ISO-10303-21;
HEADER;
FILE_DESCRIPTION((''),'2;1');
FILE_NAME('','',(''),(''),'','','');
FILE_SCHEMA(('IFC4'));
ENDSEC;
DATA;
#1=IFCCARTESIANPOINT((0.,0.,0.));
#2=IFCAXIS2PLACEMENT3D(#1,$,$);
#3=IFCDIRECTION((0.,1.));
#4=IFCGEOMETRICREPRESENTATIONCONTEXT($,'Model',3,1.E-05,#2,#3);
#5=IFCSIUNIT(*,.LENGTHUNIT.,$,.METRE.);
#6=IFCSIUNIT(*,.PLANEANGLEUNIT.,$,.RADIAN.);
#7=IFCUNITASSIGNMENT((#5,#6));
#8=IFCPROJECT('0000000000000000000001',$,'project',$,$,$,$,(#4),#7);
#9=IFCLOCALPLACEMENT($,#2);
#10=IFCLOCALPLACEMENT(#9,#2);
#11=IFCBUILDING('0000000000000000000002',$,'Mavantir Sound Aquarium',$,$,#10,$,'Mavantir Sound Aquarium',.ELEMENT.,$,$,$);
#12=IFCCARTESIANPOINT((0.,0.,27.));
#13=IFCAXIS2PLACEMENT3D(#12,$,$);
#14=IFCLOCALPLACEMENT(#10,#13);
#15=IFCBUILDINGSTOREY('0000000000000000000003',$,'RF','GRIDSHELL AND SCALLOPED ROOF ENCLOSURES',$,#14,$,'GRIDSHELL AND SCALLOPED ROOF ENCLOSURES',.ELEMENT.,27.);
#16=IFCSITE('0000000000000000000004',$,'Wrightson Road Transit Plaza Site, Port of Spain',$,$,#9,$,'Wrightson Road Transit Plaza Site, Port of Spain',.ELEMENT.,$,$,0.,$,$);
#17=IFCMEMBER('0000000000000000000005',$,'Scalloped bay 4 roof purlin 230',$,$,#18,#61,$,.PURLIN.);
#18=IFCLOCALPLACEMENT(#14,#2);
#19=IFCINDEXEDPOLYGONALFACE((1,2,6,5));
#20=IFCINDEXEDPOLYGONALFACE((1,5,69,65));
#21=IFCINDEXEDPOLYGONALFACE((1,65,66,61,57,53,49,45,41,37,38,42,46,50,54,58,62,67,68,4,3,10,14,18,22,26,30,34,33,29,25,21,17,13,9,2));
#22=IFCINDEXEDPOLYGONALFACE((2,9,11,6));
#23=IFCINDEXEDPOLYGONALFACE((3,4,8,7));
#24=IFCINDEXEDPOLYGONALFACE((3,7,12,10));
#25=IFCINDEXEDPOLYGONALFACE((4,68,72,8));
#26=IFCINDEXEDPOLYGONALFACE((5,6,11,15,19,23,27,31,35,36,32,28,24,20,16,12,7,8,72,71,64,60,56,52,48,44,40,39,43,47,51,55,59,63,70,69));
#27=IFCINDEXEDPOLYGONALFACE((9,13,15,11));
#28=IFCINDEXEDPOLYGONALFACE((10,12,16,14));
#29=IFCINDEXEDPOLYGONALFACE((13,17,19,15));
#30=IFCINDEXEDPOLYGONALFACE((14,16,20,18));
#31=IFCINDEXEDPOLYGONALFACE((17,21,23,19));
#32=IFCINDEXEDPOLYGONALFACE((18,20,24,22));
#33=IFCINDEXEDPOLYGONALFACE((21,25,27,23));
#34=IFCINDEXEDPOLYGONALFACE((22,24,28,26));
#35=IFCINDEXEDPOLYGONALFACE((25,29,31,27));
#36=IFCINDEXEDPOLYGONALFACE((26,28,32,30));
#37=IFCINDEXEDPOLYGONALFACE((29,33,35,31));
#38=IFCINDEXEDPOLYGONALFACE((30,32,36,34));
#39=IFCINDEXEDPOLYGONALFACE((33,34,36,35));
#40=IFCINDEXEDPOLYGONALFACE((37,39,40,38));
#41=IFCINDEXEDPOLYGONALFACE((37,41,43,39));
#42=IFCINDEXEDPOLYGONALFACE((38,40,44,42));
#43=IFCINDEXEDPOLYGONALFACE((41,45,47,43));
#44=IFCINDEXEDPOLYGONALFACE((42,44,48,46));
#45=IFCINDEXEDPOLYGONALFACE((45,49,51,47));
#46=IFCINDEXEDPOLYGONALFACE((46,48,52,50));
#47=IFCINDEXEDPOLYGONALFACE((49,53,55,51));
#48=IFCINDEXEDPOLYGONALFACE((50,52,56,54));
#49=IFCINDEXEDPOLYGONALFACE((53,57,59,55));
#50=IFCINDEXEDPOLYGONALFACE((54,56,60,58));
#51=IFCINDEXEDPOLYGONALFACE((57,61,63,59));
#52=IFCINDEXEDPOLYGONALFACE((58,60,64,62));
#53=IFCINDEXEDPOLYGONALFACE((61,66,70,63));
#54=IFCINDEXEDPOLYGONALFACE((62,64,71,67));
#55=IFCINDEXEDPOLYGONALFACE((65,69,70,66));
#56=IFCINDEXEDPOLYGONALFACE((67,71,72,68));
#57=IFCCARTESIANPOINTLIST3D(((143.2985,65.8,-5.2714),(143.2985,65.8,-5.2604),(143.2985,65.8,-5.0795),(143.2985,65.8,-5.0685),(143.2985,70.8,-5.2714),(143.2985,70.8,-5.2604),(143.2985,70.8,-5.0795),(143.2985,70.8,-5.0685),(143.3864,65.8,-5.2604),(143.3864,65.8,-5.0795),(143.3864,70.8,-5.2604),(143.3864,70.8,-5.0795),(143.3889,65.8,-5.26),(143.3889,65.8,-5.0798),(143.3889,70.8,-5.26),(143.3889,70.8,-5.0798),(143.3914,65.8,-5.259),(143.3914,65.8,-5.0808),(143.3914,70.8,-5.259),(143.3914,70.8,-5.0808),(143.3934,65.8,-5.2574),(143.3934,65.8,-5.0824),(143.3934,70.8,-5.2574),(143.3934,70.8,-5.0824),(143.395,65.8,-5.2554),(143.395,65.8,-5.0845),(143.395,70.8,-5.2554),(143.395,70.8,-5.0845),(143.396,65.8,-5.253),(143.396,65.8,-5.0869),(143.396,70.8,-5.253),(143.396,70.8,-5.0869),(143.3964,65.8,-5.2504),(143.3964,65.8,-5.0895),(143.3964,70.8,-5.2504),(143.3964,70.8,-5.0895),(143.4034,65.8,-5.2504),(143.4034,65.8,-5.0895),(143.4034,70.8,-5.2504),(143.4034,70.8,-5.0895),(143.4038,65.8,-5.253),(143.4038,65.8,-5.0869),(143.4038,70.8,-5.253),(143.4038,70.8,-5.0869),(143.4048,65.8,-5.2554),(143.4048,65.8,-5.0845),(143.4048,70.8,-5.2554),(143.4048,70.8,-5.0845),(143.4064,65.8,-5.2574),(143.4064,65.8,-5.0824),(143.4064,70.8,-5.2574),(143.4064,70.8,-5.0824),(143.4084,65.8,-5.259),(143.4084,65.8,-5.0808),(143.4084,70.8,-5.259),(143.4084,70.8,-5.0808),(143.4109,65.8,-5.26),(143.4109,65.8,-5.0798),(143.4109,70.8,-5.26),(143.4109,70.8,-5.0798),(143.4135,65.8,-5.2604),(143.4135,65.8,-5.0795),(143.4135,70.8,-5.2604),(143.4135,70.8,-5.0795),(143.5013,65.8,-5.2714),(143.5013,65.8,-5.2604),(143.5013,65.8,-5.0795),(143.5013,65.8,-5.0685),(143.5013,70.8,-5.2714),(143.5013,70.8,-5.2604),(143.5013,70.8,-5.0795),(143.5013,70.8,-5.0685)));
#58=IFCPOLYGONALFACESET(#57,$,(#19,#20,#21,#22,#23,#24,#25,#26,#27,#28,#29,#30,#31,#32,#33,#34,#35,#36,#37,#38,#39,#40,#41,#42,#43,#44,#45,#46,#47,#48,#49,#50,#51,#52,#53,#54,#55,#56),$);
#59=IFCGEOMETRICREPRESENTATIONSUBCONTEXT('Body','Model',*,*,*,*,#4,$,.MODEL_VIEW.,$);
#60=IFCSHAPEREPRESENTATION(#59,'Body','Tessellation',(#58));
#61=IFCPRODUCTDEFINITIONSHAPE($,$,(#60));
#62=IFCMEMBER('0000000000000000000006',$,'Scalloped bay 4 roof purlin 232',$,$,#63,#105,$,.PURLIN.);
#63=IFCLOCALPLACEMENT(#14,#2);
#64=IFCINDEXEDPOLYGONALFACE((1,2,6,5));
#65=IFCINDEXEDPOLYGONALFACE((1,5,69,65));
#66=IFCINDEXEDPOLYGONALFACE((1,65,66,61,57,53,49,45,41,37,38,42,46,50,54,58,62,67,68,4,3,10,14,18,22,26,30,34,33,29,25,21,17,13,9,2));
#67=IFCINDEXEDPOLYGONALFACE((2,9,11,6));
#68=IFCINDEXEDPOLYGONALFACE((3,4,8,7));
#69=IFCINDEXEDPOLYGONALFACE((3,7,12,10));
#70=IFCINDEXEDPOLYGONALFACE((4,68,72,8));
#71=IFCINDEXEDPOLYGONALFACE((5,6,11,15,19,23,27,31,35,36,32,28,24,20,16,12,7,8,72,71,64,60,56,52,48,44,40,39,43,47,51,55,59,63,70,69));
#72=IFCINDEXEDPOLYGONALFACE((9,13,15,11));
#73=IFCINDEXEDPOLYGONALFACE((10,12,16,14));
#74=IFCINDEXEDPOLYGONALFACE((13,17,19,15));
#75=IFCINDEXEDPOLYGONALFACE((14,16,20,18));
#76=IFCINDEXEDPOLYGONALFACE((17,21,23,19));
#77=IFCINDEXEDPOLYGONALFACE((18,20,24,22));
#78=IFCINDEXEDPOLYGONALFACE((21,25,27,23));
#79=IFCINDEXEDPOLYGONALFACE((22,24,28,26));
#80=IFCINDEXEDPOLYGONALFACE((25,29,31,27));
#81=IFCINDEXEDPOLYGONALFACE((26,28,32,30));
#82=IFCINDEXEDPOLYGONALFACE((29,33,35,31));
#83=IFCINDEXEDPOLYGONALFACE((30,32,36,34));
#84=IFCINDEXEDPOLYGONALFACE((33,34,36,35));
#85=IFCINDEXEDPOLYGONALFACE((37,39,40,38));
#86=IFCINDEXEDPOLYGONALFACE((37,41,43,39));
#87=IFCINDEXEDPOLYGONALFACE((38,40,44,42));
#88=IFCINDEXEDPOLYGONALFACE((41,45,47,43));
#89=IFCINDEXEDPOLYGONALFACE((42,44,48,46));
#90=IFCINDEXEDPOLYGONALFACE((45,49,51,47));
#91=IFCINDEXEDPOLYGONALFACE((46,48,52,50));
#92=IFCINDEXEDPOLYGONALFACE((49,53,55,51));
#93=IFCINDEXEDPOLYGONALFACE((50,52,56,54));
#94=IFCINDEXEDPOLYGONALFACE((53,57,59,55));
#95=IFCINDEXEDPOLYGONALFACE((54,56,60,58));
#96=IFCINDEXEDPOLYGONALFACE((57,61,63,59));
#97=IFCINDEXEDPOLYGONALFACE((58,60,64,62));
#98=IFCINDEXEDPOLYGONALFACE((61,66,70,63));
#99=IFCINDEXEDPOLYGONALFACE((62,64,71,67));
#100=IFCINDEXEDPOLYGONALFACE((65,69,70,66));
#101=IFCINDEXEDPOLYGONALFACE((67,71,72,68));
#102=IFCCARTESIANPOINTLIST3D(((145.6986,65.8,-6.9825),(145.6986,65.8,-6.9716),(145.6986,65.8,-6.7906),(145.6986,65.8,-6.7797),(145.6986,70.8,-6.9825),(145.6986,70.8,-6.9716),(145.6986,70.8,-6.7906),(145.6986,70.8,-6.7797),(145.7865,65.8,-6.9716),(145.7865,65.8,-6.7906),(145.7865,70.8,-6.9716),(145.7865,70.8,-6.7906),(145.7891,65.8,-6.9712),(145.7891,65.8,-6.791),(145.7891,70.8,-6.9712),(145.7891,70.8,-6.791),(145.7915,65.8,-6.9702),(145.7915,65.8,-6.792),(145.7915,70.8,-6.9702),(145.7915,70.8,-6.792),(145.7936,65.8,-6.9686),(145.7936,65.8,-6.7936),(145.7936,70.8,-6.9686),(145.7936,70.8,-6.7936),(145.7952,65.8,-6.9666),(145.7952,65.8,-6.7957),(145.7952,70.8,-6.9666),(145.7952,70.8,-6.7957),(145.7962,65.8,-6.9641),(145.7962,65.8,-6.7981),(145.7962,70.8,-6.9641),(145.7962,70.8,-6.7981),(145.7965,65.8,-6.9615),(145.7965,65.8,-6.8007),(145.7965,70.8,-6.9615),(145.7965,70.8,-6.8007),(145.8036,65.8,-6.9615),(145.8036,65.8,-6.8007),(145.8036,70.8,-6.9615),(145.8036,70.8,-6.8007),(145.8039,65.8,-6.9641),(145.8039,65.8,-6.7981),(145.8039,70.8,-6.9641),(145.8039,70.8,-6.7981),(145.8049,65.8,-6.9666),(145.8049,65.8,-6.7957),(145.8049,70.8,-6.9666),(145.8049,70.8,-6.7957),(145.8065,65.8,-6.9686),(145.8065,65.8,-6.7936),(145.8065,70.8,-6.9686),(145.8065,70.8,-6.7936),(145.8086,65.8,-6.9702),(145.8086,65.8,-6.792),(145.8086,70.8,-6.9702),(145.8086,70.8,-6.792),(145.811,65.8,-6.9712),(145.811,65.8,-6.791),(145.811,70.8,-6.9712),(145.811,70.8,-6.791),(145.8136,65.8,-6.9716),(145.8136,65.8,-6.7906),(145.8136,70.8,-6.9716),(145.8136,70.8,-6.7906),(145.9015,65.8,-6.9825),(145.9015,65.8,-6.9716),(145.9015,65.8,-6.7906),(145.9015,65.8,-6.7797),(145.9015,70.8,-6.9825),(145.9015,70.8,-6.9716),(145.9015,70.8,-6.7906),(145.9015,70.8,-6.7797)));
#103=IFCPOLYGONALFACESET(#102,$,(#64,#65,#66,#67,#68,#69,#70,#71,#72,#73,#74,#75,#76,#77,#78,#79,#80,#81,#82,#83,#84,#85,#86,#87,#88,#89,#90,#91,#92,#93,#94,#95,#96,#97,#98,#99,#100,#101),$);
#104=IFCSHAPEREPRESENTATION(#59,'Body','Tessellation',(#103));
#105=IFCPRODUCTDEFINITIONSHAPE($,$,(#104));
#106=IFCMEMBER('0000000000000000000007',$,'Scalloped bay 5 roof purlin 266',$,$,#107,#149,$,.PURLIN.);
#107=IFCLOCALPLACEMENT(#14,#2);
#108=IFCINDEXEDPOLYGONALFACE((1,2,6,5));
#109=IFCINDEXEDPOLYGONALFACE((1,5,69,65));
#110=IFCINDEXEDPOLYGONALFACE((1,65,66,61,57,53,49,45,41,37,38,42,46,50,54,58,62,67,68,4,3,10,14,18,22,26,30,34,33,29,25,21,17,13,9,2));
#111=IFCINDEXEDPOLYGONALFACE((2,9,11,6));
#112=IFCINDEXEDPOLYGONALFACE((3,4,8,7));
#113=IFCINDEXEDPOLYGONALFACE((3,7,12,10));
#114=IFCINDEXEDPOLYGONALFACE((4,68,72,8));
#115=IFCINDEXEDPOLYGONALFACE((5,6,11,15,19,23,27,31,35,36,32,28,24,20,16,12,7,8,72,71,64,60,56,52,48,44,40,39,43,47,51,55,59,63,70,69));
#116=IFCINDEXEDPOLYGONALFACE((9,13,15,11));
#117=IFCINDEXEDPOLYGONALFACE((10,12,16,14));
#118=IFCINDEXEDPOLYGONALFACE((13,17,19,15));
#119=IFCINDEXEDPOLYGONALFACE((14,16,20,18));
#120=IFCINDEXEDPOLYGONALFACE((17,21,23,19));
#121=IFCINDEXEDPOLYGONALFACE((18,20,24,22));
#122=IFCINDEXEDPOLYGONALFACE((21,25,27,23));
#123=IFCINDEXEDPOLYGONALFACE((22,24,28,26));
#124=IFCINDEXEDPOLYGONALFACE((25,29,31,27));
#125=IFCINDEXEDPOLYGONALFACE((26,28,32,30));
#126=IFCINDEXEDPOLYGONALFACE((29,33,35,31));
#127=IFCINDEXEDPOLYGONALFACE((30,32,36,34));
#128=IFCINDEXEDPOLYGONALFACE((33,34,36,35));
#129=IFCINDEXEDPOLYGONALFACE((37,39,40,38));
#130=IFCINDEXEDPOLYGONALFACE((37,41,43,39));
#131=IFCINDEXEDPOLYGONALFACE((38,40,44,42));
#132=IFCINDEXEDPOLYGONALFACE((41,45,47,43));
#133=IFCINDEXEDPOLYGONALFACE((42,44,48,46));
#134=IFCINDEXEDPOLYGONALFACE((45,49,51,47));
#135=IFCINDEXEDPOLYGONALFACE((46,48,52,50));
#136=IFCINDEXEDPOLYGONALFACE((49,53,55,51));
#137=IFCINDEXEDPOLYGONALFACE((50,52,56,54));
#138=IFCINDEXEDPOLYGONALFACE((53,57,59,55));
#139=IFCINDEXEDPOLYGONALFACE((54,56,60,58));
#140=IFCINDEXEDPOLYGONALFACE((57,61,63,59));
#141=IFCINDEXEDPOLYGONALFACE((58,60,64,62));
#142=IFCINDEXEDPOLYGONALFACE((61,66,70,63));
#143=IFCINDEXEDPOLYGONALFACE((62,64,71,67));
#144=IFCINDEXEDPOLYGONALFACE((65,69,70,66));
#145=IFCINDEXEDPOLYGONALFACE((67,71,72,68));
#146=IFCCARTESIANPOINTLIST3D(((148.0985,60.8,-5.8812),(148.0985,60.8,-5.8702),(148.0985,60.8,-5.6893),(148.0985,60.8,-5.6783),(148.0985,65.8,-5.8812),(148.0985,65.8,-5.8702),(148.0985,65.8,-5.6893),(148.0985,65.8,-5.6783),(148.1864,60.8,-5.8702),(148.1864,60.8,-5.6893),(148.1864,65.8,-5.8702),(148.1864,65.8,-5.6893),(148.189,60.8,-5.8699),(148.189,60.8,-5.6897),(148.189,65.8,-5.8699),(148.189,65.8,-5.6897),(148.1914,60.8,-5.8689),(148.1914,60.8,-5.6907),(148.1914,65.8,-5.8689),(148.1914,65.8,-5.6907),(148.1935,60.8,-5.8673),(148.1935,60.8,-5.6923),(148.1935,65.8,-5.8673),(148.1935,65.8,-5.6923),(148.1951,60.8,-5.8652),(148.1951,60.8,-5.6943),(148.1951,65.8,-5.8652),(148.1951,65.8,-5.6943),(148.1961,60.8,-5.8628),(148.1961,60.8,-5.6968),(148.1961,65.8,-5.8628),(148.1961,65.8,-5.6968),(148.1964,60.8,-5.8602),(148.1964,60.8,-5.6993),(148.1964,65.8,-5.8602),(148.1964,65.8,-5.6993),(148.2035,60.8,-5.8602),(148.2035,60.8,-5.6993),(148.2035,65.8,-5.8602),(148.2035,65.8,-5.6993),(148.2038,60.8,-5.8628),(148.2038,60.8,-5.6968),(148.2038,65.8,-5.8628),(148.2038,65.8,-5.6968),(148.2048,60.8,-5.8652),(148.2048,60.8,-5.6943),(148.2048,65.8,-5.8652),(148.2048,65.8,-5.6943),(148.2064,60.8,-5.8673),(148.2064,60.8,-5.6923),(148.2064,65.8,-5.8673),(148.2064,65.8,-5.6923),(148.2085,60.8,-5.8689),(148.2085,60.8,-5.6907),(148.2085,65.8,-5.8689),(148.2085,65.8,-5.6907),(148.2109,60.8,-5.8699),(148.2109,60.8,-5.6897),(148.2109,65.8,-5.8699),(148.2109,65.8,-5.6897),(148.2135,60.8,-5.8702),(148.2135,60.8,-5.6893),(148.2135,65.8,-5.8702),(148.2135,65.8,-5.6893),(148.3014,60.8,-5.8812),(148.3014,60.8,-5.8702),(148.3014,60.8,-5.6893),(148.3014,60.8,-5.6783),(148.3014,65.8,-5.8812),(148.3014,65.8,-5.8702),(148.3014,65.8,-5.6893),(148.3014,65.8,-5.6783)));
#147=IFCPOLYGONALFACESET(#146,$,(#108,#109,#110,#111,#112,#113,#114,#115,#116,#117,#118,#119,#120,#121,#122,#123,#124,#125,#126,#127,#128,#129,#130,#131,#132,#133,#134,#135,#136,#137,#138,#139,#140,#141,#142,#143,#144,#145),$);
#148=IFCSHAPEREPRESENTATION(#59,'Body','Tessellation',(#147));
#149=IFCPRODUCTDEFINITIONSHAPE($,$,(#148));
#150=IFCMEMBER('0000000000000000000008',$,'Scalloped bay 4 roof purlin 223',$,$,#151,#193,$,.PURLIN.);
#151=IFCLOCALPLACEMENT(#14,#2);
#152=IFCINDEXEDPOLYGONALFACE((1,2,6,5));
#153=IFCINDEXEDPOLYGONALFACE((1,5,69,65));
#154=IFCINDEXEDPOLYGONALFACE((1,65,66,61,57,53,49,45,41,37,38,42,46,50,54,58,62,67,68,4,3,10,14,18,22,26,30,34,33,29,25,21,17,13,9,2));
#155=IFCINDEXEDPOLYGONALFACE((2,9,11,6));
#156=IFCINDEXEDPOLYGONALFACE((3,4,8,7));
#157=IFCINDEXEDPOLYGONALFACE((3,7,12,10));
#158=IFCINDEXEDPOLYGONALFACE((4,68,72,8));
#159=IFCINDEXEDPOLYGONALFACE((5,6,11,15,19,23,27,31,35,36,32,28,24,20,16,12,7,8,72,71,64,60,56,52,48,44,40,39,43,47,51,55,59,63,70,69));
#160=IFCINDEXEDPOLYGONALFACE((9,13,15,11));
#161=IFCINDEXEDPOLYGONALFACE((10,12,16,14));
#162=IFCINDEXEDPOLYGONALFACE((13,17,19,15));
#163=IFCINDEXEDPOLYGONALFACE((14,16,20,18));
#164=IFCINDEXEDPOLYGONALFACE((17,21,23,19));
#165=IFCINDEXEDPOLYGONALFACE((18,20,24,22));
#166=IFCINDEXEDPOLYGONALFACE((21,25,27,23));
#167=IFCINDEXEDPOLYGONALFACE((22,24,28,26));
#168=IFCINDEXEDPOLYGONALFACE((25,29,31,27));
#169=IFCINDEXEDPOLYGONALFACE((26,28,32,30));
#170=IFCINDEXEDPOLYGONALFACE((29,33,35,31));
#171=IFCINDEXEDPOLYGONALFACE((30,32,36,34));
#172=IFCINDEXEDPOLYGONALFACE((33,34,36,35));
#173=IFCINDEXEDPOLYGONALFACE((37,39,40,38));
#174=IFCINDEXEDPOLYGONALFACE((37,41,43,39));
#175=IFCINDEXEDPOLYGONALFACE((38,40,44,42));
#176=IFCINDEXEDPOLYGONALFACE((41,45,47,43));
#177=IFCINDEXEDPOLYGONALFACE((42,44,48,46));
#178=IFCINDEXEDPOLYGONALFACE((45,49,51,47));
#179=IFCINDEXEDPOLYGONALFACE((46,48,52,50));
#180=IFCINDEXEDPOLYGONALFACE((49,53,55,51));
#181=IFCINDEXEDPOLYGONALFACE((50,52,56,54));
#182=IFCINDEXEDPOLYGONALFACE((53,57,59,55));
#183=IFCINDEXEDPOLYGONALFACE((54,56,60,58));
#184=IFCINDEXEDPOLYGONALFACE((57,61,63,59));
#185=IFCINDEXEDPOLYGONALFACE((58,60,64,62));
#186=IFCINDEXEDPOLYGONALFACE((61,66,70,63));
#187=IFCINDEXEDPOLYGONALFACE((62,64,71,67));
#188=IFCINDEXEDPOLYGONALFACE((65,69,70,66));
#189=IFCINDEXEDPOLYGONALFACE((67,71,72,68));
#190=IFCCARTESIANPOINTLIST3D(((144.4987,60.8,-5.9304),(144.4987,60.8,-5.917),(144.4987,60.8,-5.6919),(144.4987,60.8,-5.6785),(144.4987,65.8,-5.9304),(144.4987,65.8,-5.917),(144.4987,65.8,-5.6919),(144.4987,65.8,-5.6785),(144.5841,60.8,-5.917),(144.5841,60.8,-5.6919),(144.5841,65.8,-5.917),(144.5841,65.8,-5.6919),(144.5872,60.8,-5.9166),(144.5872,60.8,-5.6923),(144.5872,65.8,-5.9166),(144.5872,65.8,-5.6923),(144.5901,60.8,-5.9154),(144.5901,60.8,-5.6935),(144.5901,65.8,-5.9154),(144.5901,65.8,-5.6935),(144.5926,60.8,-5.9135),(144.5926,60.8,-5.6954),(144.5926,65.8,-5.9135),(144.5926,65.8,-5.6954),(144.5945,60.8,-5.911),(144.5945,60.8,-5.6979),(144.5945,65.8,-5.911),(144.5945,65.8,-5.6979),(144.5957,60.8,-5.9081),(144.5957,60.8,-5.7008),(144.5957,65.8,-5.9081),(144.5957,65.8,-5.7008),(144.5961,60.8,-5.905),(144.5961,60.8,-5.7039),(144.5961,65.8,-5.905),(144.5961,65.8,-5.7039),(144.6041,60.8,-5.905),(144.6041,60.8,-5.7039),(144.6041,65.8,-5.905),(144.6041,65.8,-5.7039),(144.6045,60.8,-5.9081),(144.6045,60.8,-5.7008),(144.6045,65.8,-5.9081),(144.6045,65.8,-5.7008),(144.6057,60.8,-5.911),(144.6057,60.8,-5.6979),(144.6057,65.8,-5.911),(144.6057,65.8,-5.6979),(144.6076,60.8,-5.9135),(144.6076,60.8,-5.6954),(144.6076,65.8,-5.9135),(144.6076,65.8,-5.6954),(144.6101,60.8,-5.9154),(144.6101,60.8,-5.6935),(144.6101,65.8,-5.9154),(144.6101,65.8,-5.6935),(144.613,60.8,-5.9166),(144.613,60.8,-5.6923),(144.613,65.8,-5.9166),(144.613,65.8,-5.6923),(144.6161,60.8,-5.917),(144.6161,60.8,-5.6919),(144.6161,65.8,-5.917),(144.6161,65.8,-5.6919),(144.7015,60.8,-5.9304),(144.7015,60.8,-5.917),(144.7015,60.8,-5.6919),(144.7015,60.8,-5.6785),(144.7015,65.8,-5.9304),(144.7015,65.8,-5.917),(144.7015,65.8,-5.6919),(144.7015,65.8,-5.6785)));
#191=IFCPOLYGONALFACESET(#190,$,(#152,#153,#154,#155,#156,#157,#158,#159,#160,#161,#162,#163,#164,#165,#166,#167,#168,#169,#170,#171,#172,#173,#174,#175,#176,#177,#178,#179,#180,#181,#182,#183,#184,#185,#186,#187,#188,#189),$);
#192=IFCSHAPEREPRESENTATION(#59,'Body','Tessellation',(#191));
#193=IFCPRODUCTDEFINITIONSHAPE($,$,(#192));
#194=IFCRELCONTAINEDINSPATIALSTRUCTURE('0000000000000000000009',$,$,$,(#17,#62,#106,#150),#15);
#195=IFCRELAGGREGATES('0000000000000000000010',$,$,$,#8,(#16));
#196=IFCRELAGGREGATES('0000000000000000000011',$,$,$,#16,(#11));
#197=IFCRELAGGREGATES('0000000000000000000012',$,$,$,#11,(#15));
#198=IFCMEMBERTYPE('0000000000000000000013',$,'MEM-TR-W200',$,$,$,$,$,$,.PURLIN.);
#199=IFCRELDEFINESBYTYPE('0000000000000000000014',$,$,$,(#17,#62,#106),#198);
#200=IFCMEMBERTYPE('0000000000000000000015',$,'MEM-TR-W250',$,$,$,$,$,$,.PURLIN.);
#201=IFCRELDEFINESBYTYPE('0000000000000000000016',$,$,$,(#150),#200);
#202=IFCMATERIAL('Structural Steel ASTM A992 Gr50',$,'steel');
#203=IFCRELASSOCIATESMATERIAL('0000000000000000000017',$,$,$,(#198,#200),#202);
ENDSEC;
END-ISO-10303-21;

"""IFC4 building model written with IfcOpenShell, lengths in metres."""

from ifc_helpers import new_model, si_unit, direction, frame, origin, origin_2d, place, context, subcontext, project, spatial, i_section, extrude, material, material_profile, profile_set, type_object, element, save


model = new_model("IFC4")

# Units and contexts
model_context = context("Model", 3, precision=1e-05, world=origin(), true_north=direction((0.0, 1.0)))
body_context = subcontext(model_context, "Body", "Model", "MODEL_VIEW")
ifc_project = project(units=[si_unit("LENGTHUNIT", "METRE"), si_unit("PLANEANGLEUNIT", "RADIAN")], contexts=[model_context])

# Site, building, storey
site_placement = place(None, origin())
site = spatial("IfcSite", under=ifc_project, at=site_placement, Name="Wrightson Road Transit Plaza Site, Port of Spain", LongName="Wrightson Road Transit Plaza Site, Port of Spain", CompositionType="ELEMENT", RefElevation=0.0)
building_placement = place(site_placement, origin())
building = spatial("IfcBuilding", under=site, at=building_placement, Name="Mavantir Sound Aquarium", LongName="Mavantir Sound Aquarium", CompositionType="ELEMENT")
storey_placement = place(building_placement, frame((0.0, 0.0, 27.0)))
storey = spatial("IfcBuildingStorey", under=building, at=storey_placement, Name="RF", Description="GRIDSHELL AND SCALLOPED ROOF ENCLOSURES", LongName="GRIDSHELL AND SCALLOPED ROOF ENCLOSURES", CompositionType="ELEMENT", Elevation=27.0)

# Shared definitions
ifc_material_1 = material(Name="Structural Steel ASTM A992 Gr50", Category="steel")

# Members
ifc_material_profile_1 = material_profile(ifc_material_1, i_section(OverallWidth=0.2029, OverallDepth=0.2029, WebThickness=0.0071, FlangeThickness=0.011, FilletRadius=0.01, at=origin_2d()), Name="W200X46")
ifc_profile_set_1 = profile_set([ifc_material_profile_1], Name="Structural Steel ASTM A992 Gr50")
member_type_1 = type_object("IfcMemberType", Name="MEM-TR-W200", PredefinedType="PURLIN", material=ifc_profile_set_1)
for number, where, z_axis, x_axis, name in (
    (1, (143.3999, 65.8, -5.1699), (0.0, 1.0, 0.0), (-1.0, 0.0, 0.0), "Scalloped bay 4 roof purlin 230"),
    (2, (145.8, 65.8, -6.8811), (0.0, 1.0, 0.0), (-1.0, 0.0, 0.0), "Scalloped bay 4 roof purlin 232"),
    (3, (148.2, 60.8, -5.7798), (0.0, 1.0, 0.0), (-1.0, 0.0, 0.0), "Scalloped bay 5 roof purlin 266"),
):
    element("IfcMember", number, at=place(storey_placement, frame(where, z_axis=z_axis, x_axis=x_axis)), inside=storey, type_object=member_type_1, Name=name, PredefinedType="PURLIN", context=body_context, shape_type="SweptSolid", body=[
        extrude(i_section(OverallWidth=0.2029, OverallDepth=0.2029, WebThickness=0.0071, FlangeThickness=0.011, FilletRadius=0.01, at=origin_2d()), origin(), (0.0, 0.0, 1.0), 5.0),
    ])
ifc_material_profile_2 = material_profile(ifc_material_1, i_section(OverallWidth=0.2029, OverallDepth=0.252, WebThickness=0.0081, FlangeThickness=0.0134, FilletRadius=0.012, at=origin_2d()), Name="W250X58")
ifc_profile_set_2 = profile_set([ifc_material_profile_2], Name="Structural Steel ASTM A992 Gr50")
member_type_2 = type_object("IfcMemberType", Name="MEM-TR-W250", PredefinedType="PURLIN", material=ifc_profile_set_2)
for number, where, z_axis, x_axis, name in (
    (4, (144.6001, 60.8, -5.8044), (0.0, 1.0, 0.0), (-1.0, 0.0, 0.0), "Scalloped bay 4 roof purlin 223"),
):
    element("IfcMember", number, at=place(storey_placement, frame(where, z_axis=z_axis, x_axis=x_axis)), inside=storey, type_object=member_type_2, Name=name, PredefinedType="PURLIN", context=body_context, shape_type="SweptSolid", body=[
        extrude(i_section(OverallWidth=0.2029, OverallDepth=0.252, WebThickness=0.0081, FlangeThickness=0.0134, FilletRadius=0.012, at=origin_2d()), origin(), (0.0, 0.0, 1.0), 5.0),
    ])

save(model, "model.ifc")
